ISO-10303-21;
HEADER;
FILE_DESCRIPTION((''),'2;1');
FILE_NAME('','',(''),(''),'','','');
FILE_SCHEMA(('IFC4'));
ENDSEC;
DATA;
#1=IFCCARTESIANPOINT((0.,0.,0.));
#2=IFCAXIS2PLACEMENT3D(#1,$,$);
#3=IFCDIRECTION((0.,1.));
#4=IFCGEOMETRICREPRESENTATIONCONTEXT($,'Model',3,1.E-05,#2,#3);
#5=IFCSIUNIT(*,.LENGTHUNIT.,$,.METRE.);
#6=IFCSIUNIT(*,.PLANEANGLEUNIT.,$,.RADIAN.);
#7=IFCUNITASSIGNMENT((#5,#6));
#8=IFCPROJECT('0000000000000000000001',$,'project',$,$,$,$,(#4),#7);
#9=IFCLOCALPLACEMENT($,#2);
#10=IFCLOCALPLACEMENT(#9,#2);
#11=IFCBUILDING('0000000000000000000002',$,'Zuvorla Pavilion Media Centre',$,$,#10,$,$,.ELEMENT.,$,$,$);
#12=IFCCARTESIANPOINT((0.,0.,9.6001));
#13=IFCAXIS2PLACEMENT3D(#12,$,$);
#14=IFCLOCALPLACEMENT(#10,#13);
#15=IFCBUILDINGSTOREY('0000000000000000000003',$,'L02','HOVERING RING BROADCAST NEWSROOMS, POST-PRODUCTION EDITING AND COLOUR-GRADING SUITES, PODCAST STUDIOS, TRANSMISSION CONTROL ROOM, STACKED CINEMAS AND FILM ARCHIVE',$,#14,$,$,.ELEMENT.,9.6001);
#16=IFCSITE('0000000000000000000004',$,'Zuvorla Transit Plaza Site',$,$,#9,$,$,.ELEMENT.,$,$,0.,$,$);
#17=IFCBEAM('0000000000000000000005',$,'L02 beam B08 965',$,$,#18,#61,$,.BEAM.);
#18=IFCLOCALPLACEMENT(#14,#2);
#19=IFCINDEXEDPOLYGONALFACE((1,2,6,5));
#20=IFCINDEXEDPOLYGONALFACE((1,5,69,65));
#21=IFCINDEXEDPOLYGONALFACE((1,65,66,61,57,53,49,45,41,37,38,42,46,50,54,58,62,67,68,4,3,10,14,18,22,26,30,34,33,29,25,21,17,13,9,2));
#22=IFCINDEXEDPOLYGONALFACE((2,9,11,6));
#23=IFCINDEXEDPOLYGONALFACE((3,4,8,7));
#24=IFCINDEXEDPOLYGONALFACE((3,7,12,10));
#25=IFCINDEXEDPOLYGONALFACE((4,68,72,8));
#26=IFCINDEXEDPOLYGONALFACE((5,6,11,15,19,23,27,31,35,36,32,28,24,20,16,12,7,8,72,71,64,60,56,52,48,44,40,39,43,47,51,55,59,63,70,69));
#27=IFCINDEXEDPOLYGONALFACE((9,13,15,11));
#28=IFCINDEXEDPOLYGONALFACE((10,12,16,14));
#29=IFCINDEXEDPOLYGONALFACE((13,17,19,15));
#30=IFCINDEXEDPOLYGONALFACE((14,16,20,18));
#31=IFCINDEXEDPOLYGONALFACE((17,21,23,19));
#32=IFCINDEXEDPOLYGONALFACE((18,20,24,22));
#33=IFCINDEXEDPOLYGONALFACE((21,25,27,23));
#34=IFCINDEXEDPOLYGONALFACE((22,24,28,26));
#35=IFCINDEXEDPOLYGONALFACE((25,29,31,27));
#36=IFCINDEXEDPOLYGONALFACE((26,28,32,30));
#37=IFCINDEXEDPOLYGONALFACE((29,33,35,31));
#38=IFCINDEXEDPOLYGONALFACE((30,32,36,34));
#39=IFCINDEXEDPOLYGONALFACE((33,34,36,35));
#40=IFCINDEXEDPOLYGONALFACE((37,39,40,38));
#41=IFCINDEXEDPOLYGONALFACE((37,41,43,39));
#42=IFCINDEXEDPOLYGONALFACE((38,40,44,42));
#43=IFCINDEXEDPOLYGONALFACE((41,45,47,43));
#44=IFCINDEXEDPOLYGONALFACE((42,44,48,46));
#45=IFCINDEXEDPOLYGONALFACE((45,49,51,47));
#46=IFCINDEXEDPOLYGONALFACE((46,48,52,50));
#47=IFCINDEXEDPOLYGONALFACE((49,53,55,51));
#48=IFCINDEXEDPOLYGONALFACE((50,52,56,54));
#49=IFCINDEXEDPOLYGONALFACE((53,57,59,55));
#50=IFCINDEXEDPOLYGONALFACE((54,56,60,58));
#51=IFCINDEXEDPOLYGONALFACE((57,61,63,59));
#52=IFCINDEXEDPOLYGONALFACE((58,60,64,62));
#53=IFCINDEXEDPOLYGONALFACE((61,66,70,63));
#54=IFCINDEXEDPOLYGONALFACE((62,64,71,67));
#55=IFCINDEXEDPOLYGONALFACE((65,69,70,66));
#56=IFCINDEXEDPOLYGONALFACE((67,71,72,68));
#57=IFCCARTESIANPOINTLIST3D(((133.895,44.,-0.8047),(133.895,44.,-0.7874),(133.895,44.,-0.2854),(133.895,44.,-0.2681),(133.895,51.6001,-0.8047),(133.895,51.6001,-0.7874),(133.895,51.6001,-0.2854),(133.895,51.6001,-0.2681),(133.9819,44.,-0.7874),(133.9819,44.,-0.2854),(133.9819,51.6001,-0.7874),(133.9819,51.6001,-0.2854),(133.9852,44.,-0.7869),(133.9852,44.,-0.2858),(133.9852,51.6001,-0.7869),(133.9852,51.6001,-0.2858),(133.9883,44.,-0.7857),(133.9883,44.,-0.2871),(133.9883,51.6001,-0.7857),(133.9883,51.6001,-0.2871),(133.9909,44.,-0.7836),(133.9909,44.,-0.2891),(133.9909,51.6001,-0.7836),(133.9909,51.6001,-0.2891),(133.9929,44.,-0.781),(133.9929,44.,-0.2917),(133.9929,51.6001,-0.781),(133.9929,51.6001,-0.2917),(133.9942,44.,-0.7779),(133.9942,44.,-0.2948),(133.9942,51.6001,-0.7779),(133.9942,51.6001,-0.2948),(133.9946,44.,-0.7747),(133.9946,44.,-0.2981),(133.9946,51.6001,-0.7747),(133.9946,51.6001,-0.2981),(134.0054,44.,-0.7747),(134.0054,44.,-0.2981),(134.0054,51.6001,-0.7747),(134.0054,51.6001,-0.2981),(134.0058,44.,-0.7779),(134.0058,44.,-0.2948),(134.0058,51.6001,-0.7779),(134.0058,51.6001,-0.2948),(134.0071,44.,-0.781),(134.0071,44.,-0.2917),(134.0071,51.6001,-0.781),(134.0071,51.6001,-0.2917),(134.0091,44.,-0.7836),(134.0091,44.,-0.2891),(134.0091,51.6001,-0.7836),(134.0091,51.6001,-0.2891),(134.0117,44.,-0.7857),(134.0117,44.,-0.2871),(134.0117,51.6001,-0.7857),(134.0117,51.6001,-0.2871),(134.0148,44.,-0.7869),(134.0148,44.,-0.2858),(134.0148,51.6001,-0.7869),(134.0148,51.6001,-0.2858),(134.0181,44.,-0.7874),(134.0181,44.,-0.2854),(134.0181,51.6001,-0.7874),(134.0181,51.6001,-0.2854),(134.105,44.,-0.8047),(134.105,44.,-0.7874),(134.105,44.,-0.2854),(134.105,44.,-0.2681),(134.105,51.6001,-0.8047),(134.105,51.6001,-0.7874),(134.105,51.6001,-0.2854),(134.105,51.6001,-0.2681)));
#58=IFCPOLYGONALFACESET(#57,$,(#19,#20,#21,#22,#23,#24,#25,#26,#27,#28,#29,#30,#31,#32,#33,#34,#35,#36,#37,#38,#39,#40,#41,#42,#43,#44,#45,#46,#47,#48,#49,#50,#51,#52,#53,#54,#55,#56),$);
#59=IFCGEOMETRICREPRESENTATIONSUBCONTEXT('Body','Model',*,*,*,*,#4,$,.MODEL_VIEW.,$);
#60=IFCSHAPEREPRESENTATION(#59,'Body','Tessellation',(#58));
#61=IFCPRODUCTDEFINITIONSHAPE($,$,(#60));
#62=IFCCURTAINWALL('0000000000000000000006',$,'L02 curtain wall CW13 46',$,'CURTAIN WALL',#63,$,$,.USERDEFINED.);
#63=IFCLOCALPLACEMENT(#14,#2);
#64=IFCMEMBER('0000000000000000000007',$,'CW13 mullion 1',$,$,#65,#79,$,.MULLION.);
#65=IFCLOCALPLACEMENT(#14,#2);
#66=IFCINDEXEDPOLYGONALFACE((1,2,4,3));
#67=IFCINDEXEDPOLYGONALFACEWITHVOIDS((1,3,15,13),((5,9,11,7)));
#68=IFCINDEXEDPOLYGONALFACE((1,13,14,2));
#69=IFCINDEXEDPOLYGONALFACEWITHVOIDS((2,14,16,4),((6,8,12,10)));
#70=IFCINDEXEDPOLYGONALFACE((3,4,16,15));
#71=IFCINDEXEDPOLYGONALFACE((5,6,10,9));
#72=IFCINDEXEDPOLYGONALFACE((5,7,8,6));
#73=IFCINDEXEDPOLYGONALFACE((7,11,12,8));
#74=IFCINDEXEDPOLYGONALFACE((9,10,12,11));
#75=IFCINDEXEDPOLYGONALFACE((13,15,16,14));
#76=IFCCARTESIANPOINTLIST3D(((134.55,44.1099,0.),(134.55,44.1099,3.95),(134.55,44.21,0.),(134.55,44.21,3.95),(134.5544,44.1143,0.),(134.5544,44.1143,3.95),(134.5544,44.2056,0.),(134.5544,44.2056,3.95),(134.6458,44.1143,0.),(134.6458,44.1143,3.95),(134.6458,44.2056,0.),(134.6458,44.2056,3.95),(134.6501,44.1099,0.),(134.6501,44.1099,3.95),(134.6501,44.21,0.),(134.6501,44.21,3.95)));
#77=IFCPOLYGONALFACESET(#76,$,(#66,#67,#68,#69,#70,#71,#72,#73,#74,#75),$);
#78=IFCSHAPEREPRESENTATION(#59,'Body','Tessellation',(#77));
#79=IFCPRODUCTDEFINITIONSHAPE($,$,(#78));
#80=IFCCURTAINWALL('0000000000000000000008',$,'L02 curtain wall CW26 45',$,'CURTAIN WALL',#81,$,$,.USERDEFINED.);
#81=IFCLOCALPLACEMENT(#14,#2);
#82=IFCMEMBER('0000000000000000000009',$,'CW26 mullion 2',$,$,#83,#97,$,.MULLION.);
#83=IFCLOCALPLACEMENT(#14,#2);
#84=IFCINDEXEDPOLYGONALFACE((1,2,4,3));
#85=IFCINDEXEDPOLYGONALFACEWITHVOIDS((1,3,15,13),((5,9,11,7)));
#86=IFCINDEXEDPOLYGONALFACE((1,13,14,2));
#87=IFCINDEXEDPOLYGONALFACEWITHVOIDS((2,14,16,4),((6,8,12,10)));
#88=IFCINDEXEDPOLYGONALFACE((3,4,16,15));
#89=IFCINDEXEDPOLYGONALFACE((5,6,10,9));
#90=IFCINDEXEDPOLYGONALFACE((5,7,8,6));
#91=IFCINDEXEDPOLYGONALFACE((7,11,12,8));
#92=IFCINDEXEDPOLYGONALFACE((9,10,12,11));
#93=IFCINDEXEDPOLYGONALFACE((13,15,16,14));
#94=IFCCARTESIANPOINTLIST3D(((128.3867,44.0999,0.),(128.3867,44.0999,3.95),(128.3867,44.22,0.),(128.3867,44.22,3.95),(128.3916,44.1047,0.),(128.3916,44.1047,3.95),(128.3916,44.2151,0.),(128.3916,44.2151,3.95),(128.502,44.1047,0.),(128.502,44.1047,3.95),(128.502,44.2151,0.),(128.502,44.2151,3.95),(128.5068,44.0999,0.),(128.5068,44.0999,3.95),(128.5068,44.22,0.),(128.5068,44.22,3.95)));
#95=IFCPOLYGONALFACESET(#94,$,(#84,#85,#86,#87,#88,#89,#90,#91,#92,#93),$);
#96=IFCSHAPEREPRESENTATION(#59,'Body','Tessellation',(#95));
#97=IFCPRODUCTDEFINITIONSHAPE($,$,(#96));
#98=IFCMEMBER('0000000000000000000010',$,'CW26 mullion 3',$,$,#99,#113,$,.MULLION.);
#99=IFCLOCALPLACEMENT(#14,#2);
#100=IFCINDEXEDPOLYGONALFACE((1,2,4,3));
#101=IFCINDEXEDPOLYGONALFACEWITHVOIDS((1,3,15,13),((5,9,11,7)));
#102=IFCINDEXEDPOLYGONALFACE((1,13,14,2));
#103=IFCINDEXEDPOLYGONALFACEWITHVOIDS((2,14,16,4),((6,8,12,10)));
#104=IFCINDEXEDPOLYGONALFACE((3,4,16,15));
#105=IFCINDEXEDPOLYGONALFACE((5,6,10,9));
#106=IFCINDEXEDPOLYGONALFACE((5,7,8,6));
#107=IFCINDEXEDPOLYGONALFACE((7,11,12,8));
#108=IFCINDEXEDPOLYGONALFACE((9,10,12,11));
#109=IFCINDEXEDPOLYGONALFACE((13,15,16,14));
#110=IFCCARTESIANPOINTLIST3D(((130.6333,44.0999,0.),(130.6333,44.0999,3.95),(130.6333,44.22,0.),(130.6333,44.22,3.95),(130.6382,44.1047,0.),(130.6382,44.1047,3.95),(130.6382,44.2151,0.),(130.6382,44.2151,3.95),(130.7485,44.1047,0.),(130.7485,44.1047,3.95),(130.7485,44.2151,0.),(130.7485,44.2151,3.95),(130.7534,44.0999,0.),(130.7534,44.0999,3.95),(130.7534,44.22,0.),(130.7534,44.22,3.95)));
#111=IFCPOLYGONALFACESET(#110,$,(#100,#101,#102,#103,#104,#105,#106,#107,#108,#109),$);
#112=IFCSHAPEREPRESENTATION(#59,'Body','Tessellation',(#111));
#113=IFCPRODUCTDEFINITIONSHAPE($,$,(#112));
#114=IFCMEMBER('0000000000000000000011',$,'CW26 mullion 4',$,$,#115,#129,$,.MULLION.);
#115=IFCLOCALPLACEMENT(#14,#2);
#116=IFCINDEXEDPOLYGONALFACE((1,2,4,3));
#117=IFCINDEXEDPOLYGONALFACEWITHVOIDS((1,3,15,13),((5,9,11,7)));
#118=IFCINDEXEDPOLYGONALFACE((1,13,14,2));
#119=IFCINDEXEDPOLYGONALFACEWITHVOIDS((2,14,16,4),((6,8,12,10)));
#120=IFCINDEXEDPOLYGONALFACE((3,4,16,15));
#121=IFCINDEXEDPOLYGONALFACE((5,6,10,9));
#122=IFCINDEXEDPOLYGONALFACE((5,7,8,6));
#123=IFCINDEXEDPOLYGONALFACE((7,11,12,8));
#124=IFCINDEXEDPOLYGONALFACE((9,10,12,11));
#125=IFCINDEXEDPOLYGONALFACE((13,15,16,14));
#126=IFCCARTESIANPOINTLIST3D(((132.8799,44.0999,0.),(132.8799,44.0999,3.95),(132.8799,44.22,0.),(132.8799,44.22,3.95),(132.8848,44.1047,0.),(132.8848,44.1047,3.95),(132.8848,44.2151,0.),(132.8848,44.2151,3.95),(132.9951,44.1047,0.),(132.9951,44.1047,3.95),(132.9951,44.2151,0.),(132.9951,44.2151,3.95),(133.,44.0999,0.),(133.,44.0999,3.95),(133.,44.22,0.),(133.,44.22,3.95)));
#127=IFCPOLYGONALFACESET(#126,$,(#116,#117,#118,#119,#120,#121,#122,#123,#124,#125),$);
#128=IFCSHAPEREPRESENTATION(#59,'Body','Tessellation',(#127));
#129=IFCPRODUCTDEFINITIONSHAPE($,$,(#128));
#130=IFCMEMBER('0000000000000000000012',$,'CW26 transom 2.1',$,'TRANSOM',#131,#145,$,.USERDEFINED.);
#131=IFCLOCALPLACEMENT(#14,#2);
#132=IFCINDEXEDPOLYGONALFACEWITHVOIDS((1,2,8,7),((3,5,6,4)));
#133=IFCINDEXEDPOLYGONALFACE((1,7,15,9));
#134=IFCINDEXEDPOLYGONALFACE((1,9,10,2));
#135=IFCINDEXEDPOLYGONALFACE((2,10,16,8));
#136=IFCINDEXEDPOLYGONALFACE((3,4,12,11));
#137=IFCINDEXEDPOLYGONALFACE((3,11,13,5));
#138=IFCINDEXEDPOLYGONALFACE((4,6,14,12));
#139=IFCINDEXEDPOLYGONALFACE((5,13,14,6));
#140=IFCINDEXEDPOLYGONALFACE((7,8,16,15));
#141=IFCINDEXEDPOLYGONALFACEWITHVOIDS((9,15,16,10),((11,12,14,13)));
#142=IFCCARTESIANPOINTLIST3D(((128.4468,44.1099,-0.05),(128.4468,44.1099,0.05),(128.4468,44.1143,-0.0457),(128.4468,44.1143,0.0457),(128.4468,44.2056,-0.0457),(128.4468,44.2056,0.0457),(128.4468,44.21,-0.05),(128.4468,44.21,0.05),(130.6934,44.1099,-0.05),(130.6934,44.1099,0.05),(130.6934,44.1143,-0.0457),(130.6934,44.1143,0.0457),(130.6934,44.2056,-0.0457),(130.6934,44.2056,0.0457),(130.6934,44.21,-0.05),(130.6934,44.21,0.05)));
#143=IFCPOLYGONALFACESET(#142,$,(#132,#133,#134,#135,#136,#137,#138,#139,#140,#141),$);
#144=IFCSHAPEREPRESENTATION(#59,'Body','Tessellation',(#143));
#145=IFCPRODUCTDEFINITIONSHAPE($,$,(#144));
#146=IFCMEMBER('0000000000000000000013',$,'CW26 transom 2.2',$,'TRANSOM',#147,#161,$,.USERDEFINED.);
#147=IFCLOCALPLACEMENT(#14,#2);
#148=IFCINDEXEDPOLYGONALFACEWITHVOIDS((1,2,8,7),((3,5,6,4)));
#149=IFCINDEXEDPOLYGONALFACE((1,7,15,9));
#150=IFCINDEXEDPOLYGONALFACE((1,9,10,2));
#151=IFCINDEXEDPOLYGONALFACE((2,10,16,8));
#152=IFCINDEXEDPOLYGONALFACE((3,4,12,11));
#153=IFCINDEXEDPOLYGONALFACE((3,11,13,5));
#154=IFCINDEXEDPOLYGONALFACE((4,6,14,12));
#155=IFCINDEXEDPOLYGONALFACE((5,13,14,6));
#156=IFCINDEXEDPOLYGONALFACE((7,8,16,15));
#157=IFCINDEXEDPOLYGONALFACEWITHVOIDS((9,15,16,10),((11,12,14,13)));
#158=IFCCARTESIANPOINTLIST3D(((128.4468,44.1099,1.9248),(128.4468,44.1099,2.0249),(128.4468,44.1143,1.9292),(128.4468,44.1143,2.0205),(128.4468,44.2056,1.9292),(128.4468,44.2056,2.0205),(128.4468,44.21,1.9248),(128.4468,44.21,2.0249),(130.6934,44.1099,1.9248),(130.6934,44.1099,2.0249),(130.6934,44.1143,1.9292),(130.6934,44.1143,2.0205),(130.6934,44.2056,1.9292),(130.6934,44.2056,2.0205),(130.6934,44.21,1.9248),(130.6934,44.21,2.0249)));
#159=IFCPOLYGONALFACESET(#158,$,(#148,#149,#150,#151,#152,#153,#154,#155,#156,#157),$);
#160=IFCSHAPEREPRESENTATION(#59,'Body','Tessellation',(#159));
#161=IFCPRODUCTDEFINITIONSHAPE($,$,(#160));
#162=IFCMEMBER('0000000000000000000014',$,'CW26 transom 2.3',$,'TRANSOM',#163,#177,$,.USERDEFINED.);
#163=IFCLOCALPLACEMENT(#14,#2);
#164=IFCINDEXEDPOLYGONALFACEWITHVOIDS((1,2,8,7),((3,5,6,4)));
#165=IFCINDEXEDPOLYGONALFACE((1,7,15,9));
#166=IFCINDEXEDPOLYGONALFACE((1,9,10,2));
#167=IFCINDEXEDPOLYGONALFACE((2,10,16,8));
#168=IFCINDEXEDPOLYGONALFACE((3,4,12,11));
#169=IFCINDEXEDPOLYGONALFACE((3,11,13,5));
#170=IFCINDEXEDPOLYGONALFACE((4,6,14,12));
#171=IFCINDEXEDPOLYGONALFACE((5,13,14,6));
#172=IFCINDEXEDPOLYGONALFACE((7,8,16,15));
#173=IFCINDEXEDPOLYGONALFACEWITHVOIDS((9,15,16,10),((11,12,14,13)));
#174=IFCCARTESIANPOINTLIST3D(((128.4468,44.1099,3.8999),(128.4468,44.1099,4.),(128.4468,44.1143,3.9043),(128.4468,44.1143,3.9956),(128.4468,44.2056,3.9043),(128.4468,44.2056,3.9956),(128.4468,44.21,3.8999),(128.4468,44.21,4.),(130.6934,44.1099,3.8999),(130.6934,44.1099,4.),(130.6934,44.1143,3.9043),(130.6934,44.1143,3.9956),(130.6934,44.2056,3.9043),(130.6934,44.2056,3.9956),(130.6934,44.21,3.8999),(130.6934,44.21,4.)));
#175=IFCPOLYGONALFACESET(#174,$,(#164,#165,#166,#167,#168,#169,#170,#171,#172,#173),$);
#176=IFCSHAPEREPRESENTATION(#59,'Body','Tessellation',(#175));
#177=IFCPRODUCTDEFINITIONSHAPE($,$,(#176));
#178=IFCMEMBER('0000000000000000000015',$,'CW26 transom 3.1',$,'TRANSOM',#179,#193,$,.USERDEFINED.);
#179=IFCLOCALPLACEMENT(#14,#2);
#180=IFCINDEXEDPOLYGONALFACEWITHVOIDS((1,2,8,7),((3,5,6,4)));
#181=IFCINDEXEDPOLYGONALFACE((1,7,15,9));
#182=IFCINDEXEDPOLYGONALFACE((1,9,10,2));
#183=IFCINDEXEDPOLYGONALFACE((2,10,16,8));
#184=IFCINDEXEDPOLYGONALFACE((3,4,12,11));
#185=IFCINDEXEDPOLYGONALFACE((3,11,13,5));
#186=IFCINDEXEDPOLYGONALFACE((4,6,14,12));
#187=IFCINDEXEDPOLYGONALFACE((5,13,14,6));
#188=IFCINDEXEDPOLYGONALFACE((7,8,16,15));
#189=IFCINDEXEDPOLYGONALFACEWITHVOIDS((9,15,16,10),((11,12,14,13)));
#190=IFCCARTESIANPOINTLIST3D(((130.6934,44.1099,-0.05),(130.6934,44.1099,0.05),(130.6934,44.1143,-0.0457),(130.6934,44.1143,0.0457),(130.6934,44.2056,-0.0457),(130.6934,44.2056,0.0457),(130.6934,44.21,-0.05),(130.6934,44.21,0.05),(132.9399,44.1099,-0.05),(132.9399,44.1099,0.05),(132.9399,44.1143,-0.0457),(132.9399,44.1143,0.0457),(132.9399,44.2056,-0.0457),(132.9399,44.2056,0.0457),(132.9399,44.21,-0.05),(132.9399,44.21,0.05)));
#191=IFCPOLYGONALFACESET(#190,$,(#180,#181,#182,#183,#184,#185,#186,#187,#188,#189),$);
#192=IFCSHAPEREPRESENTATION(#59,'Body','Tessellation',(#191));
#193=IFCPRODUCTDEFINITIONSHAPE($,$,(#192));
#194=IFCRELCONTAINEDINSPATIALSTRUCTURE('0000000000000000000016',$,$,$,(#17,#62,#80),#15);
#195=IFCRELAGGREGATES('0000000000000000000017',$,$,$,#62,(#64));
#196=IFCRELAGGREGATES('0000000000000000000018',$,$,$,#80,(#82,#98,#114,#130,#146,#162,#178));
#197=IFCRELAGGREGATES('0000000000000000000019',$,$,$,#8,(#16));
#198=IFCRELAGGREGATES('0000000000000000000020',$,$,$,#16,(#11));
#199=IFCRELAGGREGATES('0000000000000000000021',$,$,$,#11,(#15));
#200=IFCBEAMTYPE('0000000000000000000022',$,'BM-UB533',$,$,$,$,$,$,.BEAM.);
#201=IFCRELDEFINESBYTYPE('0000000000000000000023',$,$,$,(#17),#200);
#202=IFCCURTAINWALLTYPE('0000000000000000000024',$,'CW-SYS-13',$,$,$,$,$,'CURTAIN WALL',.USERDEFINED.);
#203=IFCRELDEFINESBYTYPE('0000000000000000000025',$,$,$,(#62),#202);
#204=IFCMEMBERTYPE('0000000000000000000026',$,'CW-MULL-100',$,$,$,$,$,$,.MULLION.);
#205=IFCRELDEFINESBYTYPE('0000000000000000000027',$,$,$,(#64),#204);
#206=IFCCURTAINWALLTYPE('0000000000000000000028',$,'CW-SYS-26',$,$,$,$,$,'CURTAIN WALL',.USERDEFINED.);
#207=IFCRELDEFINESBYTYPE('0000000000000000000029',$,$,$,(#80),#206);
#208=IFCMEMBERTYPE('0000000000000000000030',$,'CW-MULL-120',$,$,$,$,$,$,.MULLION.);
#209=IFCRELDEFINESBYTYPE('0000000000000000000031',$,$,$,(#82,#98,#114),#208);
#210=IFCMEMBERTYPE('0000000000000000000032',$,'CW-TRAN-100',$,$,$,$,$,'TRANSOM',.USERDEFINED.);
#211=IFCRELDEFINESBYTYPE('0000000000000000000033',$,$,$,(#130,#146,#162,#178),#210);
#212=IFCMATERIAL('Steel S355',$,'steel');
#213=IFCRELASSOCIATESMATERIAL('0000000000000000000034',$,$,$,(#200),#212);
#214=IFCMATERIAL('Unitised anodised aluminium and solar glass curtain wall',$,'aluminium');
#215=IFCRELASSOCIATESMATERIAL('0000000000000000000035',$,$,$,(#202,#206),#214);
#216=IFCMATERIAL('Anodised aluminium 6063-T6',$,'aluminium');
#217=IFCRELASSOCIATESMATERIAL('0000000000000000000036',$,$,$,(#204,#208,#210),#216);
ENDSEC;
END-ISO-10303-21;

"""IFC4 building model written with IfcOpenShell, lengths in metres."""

from ifc_helpers import new_model, si_unit, direction, frame, origin, origin_2d, place, context, subcontext, project, spatial, hollow_rectangle, i_section, extrude, material, material_profile, profile_set, type_object, element, aggregate, save


model = new_model("IFC4")

# Units and contexts
model_context = context("Model", 3, precision=1e-05, world=origin(), true_north=direction((0.0, 1.0)))
body_context = subcontext(model_context, "Body", "Model", "MODEL_VIEW")
ifc_project = project(units=[si_unit("LENGTHUNIT", "METRE"), si_unit("PLANEANGLEUNIT", "RADIAN")], contexts=[model_context])

# Site, building, storey
site_placement = place(None, origin())
site = spatial("IfcSite", under=ifc_project, at=site_placement, Name="Zuvorla Transit Plaza Site", CompositionType="ELEMENT", RefElevation=0.0)
building_placement = place(site_placement, origin())
building = spatial("IfcBuilding", under=site, at=building_placement, Name="Zuvorla Pavilion Media Centre", CompositionType="ELEMENT")
storey_placement = place(building_placement, frame((0.0, 0.0, 9.6001)))
storey = spatial("IfcBuildingStorey", under=building, at=storey_placement, Name="L02", Description="HOVERING RING BROADCAST NEWSROOMS, POST-PRODUCTION EDITING AND COLOUR-GRADING SUITES, PODCAST STUDIOS, TRANSMISSION CONTROL ROOM, STACKED CINEMAS AND FILM ARCHIVE", CompositionType="ELEMENT", Elevation=9.6001)

# Shared definitions
ifc_material_1 = material(Name="Steel S355", Category="steel")

# Beam
ifc_material_profile_1 = material_profile(ifc_material_1, i_section(OverallWidth=0.21, OverallDepth=0.5366, WebThickness=0.0107, FlangeThickness=0.0173, FilletRadius=0.0127, at=origin_2d()), Name="UB 533x210x101")
ifc_profile_set_1 = profile_set([ifc_material_profile_1], Name="Steel S355")
beam_type_1 = type_object("IfcBeamType", Name="BM-UB533", PredefinedType="BEAM", material=ifc_profile_set_1)
beam_1_placement = place(storey_placement, frame((134.0, 44.0, -0.5364), z_axis=(0.0, 1.0, 0.0), x_axis=(-1.0, 0.0, 0.0)))
element("IfcBeam", 1, at=beam_1_placement, inside=storey, type_object=beam_type_1, Name="L02 beam B08 965", PredefinedType="BEAM", context=body_context, shape_type="SweptSolid", body=[
    extrude(i_section(OverallWidth=0.21, OverallDepth=0.5366, WebThickness=0.0107, FlangeThickness=0.0173, FilletRadius=0.0127, at=origin_2d()), origin(), (0.0, 0.0, 1.0), 7.6001),
])

# Curtain wall, member
ifc_material_2 = material(Name="Unitised anodised aluminium and solar glass curtain wall", Category="aluminium")
curtain_wall_type_1 = type_object("IfcCurtainWallType", Name="CW-SYS-13", ElementType="CURTAIN WALL", PredefinedType="USERDEFINED", material=ifc_material_2)
curtain_wall_1_placement = place(storey_placement, origin())
curtain_wall_1 = element("IfcCurtainWall", 2, at=curtain_wall_1_placement, inside=storey, type_object=curtain_wall_type_1, Name="L02 curtain wall CW13 46", ObjectType="CURTAIN WALL", PredefinedType="USERDEFINED")
ifc_material_3 = material(Name="Anodised aluminium 6063-T6", Category="aluminium")
ifc_material_profile_2 = material_profile(ifc_material_3, hollow_rectangle(XDim=0.1001, YDim=0.1001, WallThickness=0.0044, at=origin_2d()), Name="ALU MULL 100x100")
ifc_profile_set_2 = profile_set([ifc_material_profile_2], Name="Anodised aluminium 6063-T6")
member_type_1 = type_object("IfcMemberType", Name="CW-MULL-100", PredefinedType="MULLION", material=ifc_profile_set_2)
member_1_placement = place(storey_placement, frame((134.6001, 44.1599, 0.0), z_axis=(0.0, 0.0, 1.0), x_axis=(1.0, 0.0, 0.0)))
member_1 = element("IfcMember", 3, at=member_1_placement, type_object=member_type_1, Name="CW13 mullion 1", PredefinedType="MULLION", context=body_context, shape_type="SweptSolid", body=[
    extrude(hollow_rectangle(XDim=0.1001, YDim=0.1001, WallThickness=0.0044, at=origin_2d()), origin(), (0.0, 0.0, 1.0), 3.95),
])

# Curtain wall, members
curtain_wall_type_2 = type_object("IfcCurtainWallType", Name="CW-SYS-26", ElementType="CURTAIN WALL", PredefinedType="USERDEFINED", material=ifc_material_2)
curtain_wall_2_placement = place(storey_placement, origin())
curtain_wall_2 = element("IfcCurtainWall", 4, at=curtain_wall_2_placement, inside=storey, type_object=curtain_wall_type_2, Name="L02 curtain wall CW26 45", ObjectType="CURTAIN WALL", PredefinedType="USERDEFINED")
ifc_material_profile_3 = material_profile(ifc_material_3, hollow_rectangle(XDim=0.1201, YDim=0.1201, WallThickness=0.0049, at=origin_2d()), Name="ALU MULL 120x120")
ifc_profile_set_3 = profile_set([ifc_material_profile_3], Name="Anodised aluminium 6063-T6")
member_type_2 = type_object("IfcMemberType", Name="CW-MULL-120", PredefinedType="MULLION", material=ifc_profile_set_3)
member_2_placement = place(storey_placement, frame((128.4468, 44.1599, 0.0), z_axis=(0.0, 0.0, 1.0), x_axis=(1.0, 0.0, 0.0)))
member_2 = element("IfcMember", 5, at=member_2_placement, type_object=member_type_2, Name="CW26 mullion 2", PredefinedType="MULLION", context=body_context, shape_type="SweptSolid", body=[
    extrude(hollow_rectangle(XDim=0.1201, YDim=0.1201, WallThickness=0.0049, at=origin_2d()), origin(), (0.0, 0.0, 1.0), 3.95),
])
member_3_placement = place(storey_placement, frame((130.6934, 44.1599, 0.0), z_axis=(0.0, 0.0, 1.0), x_axis=(1.0, 0.0, 0.0)))
member_3 = element("IfcMember", 6, at=member_3_placement, type_object=member_type_2, Name="CW26 mullion 3", PredefinedType="MULLION", context=body_context, shape_type="SweptSolid", body=[
    extrude(hollow_rectangle(XDim=0.1201, YDim=0.1201, WallThickness=0.0049, at=origin_2d()), origin(), (0.0, 0.0, 1.0), 3.95),
])
member_4_placement = place(storey_placement, frame((132.9399, 44.1599, 0.0), z_axis=(0.0, 0.0, 1.0), x_axis=(1.0, 0.0, 0.0)))
member_4 = element("IfcMember", 7, at=member_4_placement, type_object=member_type_2, Name="CW26 mullion 4", PredefinedType="MULLION", context=body_context, shape_type="SweptSolid", body=[
    extrude(hollow_rectangle(XDim=0.1201, YDim=0.1201, WallThickness=0.0049, at=origin_2d()), origin(), (0.0, 0.0, 1.0), 3.95),
])
ifc_material_profile_4 = material_profile(ifc_material_3, hollow_rectangle(XDim=0.1001, YDim=0.1001, WallThickness=0.0044, at=origin_2d()), Name="ALU TRAN 100x100")
ifc_profile_set_4 = profile_set([ifc_material_profile_4], Name="Anodised aluminium 6063-T6")
member_type_3 = type_object("IfcMemberType", Name="CW-TRAN-100", ElementType="TRANSOM", PredefinedType="USERDEFINED", material=ifc_profile_set_4)
member_5_placement = place(storey_placement, frame((128.4468, 44.1599, 0.0), z_axis=(1.0, 0.0, 0.0), x_axis=(0.0, 1.0, 0.0)))
member_5 = element("IfcMember", 8, at=member_5_placement, type_object=member_type_3, Name="CW26 transom 2.1", ObjectType="TRANSOM", PredefinedType="USERDEFINED", context=body_context, shape_type="SweptSolid", body=[
    extrude(hollow_rectangle(XDim=0.1001, YDim=0.1001, WallThickness=0.0044, at=origin_2d()), origin(), (0.0, 0.0, 1.0), 2.2466),
])
member_6_placement = place(storey_placement, frame((128.4468, 44.1599, 1.9749), z_axis=(1.0, 0.0, 0.0), x_axis=(0.0, 1.0, 0.0)))
member_6 = element("IfcMember", 9, at=member_6_placement, type_object=member_type_3, Name="CW26 transom 2.2", ObjectType="TRANSOM", PredefinedType="USERDEFINED", context=body_context, shape_type="SweptSolid", body=[
    extrude(hollow_rectangle(XDim=0.1001, YDim=0.1001, WallThickness=0.0044, at=origin_2d()), origin(), (0.0, 0.0, 1.0), 2.2466),
])
member_7_placement = place(storey_placement, frame((128.4468, 44.1599, 3.95), z_axis=(1.0, 0.0, 0.0), x_axis=(0.0, 1.0, 0.0)))
member_7 = element("IfcMember", 10, at=member_7_placement, type_object=member_type_3, Name="CW26 transom 2.3", ObjectType="TRANSOM", PredefinedType="USERDEFINED", context=body_context, shape_type="SweptSolid", body=[
    extrude(hollow_rectangle(XDim=0.1001, YDim=0.1001, WallThickness=0.0044, at=origin_2d()), origin(), (0.0, 0.0, 1.0), 2.2466),
])
member_8_placement = place(storey_placement, frame((130.6934, 44.1599, 0.0), z_axis=(1.0, 0.0, 0.0), x_axis=(0.0, 1.0, 0.0)))
member_8 = element("IfcMember", 11, at=member_8_placement, type_object=member_type_3, Name="CW26 transom 3.1", ObjectType="TRANSOM", PredefinedType="USERDEFINED", context=body_context, shape_type="SweptSolid", body=[
    extrude(hollow_rectangle(XDim=0.1001, YDim=0.1001, WallThickness=0.0044, at=origin_2d()), origin(), (0.0, 0.0, 1.0), 2.2466),
])

aggregate(curtain_wall_1, [member_1])

aggregate(curtain_wall_2, [member_2, member_3, member_4, member_5, member_6, member_7, member_8])

save(model, "model.ifc")
